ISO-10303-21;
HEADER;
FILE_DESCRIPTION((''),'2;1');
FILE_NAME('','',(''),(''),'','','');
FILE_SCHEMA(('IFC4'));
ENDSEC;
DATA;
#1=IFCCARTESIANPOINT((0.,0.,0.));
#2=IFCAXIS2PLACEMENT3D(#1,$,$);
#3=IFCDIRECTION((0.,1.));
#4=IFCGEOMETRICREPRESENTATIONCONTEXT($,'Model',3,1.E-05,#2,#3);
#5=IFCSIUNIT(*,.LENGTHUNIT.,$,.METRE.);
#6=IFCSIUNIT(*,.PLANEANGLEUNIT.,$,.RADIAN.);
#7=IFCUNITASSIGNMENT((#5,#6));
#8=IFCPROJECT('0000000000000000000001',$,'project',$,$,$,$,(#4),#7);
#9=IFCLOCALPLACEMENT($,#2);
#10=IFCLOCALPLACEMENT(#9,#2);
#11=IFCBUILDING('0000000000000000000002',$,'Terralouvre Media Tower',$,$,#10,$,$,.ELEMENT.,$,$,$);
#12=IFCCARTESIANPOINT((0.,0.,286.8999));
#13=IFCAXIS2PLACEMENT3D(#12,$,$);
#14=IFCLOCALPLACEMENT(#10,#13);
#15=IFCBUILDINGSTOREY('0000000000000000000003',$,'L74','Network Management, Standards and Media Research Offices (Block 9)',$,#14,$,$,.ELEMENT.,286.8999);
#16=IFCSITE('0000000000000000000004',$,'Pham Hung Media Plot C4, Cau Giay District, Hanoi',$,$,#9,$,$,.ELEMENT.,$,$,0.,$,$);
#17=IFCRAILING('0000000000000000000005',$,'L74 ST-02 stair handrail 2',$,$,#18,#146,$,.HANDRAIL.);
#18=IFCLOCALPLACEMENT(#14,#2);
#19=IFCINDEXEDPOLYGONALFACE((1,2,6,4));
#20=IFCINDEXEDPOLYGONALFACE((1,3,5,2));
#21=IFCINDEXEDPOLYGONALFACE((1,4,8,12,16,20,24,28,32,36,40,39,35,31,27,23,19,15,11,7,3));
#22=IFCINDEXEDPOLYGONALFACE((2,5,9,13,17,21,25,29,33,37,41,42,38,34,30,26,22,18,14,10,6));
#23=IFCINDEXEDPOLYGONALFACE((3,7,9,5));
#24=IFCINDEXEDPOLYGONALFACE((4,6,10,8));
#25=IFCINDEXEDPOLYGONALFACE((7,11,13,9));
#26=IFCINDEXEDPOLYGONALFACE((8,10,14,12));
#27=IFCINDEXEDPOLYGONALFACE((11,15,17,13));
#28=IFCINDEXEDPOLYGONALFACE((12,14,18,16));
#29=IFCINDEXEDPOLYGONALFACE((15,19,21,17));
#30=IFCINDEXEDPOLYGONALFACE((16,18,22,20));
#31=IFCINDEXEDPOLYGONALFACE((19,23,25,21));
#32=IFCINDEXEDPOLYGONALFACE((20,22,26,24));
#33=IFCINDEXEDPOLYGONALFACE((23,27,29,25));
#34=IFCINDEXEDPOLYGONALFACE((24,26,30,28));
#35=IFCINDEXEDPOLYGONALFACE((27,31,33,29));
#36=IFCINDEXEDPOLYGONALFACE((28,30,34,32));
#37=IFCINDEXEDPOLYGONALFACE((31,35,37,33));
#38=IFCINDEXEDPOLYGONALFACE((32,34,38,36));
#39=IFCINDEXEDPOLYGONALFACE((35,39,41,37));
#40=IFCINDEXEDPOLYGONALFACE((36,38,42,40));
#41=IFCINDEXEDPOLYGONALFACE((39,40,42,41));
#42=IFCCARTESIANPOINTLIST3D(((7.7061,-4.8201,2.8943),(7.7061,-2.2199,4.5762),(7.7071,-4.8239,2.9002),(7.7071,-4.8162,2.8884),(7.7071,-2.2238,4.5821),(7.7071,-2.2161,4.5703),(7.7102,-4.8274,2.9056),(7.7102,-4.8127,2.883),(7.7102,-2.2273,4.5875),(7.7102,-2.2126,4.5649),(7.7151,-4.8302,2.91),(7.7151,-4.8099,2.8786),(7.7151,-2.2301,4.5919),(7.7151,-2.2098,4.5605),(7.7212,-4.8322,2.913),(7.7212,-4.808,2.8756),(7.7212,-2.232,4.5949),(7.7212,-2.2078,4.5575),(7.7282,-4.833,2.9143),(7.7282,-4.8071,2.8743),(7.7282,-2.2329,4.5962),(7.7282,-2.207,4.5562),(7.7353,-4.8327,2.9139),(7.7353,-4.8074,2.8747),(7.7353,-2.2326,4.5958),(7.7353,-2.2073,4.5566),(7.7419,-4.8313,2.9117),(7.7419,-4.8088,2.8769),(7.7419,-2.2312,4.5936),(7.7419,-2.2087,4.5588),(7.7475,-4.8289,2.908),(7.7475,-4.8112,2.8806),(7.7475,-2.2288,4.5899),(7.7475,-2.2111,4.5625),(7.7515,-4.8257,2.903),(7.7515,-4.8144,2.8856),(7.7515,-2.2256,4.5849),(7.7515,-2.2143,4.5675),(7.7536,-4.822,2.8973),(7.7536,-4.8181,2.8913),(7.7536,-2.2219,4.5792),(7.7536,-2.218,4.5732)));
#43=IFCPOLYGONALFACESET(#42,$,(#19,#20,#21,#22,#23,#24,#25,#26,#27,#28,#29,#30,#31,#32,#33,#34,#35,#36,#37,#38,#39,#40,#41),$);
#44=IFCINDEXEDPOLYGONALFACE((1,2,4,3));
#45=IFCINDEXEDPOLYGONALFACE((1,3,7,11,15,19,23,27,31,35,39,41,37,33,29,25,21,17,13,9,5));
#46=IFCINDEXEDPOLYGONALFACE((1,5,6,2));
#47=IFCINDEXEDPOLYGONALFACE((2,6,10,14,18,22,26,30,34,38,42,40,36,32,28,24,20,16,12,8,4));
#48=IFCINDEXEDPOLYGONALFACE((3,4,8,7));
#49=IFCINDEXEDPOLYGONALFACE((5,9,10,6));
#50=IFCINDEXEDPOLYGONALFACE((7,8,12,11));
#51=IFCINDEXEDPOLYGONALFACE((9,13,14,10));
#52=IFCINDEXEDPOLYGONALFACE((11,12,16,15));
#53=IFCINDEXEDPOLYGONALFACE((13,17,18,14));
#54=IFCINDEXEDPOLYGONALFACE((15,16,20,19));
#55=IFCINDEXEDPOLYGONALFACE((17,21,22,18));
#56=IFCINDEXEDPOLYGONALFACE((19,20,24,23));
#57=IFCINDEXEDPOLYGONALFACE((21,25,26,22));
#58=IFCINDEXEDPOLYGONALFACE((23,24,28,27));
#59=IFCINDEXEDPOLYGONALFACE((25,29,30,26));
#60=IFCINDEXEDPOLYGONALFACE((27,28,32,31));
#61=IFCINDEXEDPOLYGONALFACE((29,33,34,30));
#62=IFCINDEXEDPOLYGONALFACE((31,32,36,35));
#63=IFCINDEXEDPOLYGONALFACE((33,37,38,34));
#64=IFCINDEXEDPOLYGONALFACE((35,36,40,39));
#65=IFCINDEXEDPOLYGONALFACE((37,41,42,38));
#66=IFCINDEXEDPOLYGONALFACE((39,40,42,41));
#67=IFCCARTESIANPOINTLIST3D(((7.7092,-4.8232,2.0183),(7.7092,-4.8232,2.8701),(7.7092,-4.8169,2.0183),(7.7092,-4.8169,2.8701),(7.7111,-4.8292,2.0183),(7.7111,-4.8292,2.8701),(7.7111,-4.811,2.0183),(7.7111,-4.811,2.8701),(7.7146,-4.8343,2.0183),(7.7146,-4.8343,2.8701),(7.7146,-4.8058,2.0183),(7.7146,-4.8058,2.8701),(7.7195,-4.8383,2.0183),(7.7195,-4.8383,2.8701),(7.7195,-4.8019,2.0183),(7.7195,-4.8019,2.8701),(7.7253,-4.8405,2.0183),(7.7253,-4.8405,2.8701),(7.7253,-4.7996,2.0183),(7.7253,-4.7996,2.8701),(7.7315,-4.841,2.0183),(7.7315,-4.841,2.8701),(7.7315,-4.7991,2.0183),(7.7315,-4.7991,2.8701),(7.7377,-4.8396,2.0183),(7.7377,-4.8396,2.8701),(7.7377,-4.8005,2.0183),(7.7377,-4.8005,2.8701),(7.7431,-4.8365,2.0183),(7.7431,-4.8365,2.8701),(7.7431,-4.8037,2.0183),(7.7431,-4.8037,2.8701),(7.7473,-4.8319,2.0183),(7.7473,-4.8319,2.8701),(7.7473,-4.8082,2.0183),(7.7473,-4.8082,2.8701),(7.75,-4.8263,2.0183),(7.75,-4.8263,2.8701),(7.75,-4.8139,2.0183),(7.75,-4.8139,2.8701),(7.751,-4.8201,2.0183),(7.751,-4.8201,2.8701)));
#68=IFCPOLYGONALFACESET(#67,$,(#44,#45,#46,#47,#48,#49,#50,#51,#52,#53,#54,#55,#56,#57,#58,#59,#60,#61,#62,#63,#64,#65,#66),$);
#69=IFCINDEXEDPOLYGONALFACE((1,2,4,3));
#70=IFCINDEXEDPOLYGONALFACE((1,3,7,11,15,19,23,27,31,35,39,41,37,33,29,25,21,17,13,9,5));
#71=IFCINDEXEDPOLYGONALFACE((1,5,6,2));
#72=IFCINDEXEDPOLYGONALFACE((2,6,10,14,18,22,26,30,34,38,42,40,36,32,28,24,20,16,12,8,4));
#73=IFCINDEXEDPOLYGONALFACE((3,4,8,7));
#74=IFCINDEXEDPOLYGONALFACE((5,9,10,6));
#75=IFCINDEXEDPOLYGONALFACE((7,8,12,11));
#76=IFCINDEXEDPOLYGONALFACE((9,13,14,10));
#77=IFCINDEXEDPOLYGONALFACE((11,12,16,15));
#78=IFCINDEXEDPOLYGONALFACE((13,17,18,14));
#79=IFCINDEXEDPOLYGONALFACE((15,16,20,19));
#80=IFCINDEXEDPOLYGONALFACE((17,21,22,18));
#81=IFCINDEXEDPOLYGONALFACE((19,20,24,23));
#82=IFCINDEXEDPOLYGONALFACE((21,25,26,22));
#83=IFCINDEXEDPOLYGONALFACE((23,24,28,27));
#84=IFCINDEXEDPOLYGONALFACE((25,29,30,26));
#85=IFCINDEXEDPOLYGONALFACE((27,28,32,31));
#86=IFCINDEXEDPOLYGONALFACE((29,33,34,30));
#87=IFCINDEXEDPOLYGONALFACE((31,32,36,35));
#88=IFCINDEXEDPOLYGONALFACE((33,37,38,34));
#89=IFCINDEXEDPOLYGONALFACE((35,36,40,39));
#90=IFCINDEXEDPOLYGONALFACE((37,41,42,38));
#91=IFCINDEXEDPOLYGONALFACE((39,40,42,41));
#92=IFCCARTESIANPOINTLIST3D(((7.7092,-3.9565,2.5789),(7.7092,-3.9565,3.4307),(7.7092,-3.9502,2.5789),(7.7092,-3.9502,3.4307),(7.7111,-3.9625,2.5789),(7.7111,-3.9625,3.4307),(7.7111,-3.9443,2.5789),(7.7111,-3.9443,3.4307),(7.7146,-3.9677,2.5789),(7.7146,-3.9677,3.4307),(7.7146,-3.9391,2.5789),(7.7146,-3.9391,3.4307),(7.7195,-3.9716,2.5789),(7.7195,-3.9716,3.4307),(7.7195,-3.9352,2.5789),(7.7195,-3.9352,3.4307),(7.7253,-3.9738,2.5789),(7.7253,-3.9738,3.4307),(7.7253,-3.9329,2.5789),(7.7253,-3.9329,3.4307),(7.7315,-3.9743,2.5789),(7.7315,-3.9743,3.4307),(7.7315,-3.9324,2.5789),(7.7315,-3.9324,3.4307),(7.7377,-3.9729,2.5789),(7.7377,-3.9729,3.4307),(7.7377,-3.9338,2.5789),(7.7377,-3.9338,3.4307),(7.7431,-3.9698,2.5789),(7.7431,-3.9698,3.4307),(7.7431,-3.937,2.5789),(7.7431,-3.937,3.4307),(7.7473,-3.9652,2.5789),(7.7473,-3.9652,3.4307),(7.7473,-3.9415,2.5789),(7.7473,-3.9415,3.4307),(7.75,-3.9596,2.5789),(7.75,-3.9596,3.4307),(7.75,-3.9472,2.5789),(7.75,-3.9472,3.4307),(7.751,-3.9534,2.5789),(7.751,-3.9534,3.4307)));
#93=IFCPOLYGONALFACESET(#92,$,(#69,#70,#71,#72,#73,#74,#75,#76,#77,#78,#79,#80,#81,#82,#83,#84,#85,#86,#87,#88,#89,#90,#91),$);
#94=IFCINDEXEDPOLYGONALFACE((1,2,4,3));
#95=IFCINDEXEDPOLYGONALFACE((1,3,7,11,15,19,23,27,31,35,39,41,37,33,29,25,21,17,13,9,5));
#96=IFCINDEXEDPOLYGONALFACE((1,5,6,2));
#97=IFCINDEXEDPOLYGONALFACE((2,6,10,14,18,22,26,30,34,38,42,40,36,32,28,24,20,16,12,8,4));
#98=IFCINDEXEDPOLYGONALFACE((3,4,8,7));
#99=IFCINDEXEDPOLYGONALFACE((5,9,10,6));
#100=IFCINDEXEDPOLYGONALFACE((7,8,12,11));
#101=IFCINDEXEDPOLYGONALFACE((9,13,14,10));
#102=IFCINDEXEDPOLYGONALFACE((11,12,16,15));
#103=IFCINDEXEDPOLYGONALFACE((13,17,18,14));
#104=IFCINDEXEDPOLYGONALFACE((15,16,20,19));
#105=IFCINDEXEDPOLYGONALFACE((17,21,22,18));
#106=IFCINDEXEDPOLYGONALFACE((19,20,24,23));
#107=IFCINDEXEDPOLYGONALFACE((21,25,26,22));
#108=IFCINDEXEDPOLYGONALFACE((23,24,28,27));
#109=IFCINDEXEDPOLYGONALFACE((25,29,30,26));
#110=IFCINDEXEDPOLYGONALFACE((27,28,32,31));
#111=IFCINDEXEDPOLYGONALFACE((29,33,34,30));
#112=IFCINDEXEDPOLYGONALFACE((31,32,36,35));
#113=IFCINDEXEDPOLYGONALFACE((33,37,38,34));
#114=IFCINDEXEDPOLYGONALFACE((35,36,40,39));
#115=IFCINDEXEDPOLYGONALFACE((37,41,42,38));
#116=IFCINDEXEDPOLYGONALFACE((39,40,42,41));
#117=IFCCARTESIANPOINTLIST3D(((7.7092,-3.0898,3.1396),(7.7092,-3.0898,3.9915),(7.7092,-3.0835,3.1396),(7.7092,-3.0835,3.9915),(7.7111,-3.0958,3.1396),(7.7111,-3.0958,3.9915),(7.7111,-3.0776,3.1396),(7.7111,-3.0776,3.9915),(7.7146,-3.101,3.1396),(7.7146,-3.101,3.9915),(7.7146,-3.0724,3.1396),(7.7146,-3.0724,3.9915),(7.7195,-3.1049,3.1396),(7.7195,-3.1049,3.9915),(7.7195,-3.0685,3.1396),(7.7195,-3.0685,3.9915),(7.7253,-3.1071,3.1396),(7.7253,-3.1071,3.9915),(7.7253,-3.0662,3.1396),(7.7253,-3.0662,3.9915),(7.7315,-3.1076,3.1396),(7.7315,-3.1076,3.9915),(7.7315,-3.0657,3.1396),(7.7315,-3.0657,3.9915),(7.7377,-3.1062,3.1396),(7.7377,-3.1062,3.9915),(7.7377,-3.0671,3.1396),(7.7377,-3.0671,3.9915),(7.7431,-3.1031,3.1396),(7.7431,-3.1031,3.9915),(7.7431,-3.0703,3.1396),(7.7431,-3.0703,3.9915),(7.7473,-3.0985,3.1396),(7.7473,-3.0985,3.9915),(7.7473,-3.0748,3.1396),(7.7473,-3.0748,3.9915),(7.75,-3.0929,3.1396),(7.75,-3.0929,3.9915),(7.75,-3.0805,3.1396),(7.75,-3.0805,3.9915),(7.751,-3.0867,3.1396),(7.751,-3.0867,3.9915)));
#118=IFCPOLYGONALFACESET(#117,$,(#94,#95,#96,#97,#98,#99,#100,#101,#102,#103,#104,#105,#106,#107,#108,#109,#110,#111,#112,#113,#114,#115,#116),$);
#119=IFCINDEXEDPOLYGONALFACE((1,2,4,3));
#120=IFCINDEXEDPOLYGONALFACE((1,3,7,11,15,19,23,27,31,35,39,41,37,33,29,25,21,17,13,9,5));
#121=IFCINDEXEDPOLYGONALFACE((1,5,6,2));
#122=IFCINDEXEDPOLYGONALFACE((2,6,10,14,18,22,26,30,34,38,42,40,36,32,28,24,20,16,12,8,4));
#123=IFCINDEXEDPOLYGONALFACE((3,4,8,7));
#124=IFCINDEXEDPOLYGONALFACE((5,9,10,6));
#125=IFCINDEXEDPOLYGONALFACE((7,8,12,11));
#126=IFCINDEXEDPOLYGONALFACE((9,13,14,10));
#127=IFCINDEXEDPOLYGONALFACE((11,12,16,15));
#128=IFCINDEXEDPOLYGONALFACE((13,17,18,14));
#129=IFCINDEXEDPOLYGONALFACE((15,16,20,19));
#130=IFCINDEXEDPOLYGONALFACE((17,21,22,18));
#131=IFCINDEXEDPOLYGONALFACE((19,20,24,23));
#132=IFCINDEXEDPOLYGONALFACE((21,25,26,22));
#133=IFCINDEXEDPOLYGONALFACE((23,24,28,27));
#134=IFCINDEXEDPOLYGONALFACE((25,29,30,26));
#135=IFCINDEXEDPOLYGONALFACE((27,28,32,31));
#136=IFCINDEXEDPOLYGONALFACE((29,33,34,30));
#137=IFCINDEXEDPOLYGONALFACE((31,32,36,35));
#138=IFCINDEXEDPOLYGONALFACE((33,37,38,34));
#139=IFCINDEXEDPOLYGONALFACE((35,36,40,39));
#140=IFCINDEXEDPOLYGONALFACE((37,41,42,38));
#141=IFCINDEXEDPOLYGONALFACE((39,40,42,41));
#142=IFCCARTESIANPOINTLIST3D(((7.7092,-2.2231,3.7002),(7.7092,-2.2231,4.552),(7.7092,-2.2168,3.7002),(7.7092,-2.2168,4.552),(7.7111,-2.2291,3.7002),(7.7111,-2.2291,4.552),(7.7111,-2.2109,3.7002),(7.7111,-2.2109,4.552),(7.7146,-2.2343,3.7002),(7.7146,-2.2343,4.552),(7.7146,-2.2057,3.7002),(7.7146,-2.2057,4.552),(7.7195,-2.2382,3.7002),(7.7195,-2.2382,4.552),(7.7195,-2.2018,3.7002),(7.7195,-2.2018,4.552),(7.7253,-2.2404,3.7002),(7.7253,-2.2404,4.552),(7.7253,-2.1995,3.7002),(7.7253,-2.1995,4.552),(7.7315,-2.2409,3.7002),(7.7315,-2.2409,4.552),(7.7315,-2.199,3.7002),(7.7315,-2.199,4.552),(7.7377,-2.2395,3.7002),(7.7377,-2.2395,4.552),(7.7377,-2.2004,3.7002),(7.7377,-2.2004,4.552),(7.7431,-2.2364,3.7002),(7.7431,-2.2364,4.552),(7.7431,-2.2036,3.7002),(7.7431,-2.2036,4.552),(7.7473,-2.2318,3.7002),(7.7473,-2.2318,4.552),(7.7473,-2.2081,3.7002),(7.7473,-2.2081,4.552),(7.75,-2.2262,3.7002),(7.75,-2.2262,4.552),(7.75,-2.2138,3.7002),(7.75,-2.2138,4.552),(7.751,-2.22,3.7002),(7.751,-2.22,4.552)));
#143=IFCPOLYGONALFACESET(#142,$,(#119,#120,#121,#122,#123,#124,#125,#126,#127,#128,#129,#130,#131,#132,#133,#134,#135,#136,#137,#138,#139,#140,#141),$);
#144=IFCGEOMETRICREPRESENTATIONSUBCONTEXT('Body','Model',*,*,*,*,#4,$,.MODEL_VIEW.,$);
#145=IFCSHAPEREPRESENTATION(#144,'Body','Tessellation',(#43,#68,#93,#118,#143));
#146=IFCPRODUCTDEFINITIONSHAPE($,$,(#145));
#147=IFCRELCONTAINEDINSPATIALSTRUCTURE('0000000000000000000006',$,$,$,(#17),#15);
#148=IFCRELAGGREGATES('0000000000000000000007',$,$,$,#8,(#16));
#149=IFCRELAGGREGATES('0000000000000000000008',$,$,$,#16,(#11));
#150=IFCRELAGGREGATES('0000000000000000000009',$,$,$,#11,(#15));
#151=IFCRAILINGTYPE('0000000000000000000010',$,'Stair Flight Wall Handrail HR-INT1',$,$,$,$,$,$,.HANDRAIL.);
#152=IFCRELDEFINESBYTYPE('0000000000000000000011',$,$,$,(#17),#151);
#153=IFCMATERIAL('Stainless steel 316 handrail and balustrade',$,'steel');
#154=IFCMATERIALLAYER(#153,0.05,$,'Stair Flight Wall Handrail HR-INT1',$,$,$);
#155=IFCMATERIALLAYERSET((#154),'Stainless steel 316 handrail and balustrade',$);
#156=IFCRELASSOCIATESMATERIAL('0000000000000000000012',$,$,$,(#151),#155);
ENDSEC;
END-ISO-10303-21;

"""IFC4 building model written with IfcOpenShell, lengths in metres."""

from ifc_helpers import new_model, si_unit, direction, frame, origin, origin_2d, place, context, subcontext, project, spatial, circle, extrude, material, layer, layer_set, type_object, element, save


model = new_model("IFC4")

# Units and contexts
model_context = context("Model", 3, precision=1e-05, world=origin(), true_north=direction((0.0, 1.0)))
body_context = subcontext(model_context, "Body", "Model", "MODEL_VIEW")
ifc_project = project(units=[si_unit("LENGTHUNIT", "METRE"), si_unit("PLANEANGLEUNIT", "RADIAN")], contexts=[model_context])

# Site, building, storey
site_placement = place(None, origin())
site = spatial("IfcSite", under=ifc_project, at=site_placement, Name="Pham Hung Media Plot C4, Cau Giay District, Hanoi", CompositionType="ELEMENT", RefElevation=0.0)
building_placement = place(site_placement, origin())
building = spatial("IfcBuilding", under=site, at=building_placement, Name="Terralouvre Media Tower", CompositionType="ELEMENT")
storey_placement = place(building_placement, frame((0.0, 0.0, 286.8999)))
storey = spatial("IfcBuildingStorey", under=building, at=storey_placement, Name="L74", Description="Network Management, Standards and Media Research Offices (Block 9)", CompositionType="ELEMENT", Elevation=286.8999)

# Railing
ifc_material_1 = material(Name="Stainless steel 316 handrail and balustrade", Category="steel")
ifc_layer_1 = layer(ifc_material_1, 0.05, Name="Stair Flight Wall Handrail HR-INT1")
ifc_layer_set_1 = layer_set([ifc_layer_1], Name="Stainless steel 316 handrail and balustrade")
railing_type_1 = type_object("IfcRailingType", Name="Stair Flight Wall Handrail HR-INT1", PredefinedType="HANDRAIL", material=ifc_layer_set_1)
railing_1_placement = place(storey_placement, frame((7.73, -4.8201, 2.0183)))
element("IfcRailing", 1, at=railing_1_placement, inside=storey, type_object=railing_type_1, Name="L74 ST-02 stair handrail 2", PredefinedType="HANDRAIL", context=body_context, shape_type="SweptSolid", body=[
    extrude(circle(Radius=0.0239, at=origin_2d()), frame((0.0, 0.0, 0.876), z_axis=(0.0, 0.839648, 0.54313), x_axis=(-1.0, 0.0, 0.0)), (0.0, 0.0, 1.0), 3.0967),
    extrude(circle(Radius=0.021, at=origin_2d()), origin(), (0.0, 0.0, 1.0), 0.8518),
    extrude(circle(Radius=0.021, at=origin_2d()), frame((0.0, 0.8667, 0.5605)), (0.0, 0.0, 1.0), 0.8518),
    extrude(circle(Radius=0.021, at=origin_2d()), frame((0.0, 1.7334, 1.1213)), (0.0, 0.0, 1.0), 0.8518),
    extrude(circle(Radius=0.021, at=origin_2d()), frame((0.0, 2.6001, 1.6819)), (0.0, 0.0, 1.0), 0.8518),
])

save(model, "model.ifc")
